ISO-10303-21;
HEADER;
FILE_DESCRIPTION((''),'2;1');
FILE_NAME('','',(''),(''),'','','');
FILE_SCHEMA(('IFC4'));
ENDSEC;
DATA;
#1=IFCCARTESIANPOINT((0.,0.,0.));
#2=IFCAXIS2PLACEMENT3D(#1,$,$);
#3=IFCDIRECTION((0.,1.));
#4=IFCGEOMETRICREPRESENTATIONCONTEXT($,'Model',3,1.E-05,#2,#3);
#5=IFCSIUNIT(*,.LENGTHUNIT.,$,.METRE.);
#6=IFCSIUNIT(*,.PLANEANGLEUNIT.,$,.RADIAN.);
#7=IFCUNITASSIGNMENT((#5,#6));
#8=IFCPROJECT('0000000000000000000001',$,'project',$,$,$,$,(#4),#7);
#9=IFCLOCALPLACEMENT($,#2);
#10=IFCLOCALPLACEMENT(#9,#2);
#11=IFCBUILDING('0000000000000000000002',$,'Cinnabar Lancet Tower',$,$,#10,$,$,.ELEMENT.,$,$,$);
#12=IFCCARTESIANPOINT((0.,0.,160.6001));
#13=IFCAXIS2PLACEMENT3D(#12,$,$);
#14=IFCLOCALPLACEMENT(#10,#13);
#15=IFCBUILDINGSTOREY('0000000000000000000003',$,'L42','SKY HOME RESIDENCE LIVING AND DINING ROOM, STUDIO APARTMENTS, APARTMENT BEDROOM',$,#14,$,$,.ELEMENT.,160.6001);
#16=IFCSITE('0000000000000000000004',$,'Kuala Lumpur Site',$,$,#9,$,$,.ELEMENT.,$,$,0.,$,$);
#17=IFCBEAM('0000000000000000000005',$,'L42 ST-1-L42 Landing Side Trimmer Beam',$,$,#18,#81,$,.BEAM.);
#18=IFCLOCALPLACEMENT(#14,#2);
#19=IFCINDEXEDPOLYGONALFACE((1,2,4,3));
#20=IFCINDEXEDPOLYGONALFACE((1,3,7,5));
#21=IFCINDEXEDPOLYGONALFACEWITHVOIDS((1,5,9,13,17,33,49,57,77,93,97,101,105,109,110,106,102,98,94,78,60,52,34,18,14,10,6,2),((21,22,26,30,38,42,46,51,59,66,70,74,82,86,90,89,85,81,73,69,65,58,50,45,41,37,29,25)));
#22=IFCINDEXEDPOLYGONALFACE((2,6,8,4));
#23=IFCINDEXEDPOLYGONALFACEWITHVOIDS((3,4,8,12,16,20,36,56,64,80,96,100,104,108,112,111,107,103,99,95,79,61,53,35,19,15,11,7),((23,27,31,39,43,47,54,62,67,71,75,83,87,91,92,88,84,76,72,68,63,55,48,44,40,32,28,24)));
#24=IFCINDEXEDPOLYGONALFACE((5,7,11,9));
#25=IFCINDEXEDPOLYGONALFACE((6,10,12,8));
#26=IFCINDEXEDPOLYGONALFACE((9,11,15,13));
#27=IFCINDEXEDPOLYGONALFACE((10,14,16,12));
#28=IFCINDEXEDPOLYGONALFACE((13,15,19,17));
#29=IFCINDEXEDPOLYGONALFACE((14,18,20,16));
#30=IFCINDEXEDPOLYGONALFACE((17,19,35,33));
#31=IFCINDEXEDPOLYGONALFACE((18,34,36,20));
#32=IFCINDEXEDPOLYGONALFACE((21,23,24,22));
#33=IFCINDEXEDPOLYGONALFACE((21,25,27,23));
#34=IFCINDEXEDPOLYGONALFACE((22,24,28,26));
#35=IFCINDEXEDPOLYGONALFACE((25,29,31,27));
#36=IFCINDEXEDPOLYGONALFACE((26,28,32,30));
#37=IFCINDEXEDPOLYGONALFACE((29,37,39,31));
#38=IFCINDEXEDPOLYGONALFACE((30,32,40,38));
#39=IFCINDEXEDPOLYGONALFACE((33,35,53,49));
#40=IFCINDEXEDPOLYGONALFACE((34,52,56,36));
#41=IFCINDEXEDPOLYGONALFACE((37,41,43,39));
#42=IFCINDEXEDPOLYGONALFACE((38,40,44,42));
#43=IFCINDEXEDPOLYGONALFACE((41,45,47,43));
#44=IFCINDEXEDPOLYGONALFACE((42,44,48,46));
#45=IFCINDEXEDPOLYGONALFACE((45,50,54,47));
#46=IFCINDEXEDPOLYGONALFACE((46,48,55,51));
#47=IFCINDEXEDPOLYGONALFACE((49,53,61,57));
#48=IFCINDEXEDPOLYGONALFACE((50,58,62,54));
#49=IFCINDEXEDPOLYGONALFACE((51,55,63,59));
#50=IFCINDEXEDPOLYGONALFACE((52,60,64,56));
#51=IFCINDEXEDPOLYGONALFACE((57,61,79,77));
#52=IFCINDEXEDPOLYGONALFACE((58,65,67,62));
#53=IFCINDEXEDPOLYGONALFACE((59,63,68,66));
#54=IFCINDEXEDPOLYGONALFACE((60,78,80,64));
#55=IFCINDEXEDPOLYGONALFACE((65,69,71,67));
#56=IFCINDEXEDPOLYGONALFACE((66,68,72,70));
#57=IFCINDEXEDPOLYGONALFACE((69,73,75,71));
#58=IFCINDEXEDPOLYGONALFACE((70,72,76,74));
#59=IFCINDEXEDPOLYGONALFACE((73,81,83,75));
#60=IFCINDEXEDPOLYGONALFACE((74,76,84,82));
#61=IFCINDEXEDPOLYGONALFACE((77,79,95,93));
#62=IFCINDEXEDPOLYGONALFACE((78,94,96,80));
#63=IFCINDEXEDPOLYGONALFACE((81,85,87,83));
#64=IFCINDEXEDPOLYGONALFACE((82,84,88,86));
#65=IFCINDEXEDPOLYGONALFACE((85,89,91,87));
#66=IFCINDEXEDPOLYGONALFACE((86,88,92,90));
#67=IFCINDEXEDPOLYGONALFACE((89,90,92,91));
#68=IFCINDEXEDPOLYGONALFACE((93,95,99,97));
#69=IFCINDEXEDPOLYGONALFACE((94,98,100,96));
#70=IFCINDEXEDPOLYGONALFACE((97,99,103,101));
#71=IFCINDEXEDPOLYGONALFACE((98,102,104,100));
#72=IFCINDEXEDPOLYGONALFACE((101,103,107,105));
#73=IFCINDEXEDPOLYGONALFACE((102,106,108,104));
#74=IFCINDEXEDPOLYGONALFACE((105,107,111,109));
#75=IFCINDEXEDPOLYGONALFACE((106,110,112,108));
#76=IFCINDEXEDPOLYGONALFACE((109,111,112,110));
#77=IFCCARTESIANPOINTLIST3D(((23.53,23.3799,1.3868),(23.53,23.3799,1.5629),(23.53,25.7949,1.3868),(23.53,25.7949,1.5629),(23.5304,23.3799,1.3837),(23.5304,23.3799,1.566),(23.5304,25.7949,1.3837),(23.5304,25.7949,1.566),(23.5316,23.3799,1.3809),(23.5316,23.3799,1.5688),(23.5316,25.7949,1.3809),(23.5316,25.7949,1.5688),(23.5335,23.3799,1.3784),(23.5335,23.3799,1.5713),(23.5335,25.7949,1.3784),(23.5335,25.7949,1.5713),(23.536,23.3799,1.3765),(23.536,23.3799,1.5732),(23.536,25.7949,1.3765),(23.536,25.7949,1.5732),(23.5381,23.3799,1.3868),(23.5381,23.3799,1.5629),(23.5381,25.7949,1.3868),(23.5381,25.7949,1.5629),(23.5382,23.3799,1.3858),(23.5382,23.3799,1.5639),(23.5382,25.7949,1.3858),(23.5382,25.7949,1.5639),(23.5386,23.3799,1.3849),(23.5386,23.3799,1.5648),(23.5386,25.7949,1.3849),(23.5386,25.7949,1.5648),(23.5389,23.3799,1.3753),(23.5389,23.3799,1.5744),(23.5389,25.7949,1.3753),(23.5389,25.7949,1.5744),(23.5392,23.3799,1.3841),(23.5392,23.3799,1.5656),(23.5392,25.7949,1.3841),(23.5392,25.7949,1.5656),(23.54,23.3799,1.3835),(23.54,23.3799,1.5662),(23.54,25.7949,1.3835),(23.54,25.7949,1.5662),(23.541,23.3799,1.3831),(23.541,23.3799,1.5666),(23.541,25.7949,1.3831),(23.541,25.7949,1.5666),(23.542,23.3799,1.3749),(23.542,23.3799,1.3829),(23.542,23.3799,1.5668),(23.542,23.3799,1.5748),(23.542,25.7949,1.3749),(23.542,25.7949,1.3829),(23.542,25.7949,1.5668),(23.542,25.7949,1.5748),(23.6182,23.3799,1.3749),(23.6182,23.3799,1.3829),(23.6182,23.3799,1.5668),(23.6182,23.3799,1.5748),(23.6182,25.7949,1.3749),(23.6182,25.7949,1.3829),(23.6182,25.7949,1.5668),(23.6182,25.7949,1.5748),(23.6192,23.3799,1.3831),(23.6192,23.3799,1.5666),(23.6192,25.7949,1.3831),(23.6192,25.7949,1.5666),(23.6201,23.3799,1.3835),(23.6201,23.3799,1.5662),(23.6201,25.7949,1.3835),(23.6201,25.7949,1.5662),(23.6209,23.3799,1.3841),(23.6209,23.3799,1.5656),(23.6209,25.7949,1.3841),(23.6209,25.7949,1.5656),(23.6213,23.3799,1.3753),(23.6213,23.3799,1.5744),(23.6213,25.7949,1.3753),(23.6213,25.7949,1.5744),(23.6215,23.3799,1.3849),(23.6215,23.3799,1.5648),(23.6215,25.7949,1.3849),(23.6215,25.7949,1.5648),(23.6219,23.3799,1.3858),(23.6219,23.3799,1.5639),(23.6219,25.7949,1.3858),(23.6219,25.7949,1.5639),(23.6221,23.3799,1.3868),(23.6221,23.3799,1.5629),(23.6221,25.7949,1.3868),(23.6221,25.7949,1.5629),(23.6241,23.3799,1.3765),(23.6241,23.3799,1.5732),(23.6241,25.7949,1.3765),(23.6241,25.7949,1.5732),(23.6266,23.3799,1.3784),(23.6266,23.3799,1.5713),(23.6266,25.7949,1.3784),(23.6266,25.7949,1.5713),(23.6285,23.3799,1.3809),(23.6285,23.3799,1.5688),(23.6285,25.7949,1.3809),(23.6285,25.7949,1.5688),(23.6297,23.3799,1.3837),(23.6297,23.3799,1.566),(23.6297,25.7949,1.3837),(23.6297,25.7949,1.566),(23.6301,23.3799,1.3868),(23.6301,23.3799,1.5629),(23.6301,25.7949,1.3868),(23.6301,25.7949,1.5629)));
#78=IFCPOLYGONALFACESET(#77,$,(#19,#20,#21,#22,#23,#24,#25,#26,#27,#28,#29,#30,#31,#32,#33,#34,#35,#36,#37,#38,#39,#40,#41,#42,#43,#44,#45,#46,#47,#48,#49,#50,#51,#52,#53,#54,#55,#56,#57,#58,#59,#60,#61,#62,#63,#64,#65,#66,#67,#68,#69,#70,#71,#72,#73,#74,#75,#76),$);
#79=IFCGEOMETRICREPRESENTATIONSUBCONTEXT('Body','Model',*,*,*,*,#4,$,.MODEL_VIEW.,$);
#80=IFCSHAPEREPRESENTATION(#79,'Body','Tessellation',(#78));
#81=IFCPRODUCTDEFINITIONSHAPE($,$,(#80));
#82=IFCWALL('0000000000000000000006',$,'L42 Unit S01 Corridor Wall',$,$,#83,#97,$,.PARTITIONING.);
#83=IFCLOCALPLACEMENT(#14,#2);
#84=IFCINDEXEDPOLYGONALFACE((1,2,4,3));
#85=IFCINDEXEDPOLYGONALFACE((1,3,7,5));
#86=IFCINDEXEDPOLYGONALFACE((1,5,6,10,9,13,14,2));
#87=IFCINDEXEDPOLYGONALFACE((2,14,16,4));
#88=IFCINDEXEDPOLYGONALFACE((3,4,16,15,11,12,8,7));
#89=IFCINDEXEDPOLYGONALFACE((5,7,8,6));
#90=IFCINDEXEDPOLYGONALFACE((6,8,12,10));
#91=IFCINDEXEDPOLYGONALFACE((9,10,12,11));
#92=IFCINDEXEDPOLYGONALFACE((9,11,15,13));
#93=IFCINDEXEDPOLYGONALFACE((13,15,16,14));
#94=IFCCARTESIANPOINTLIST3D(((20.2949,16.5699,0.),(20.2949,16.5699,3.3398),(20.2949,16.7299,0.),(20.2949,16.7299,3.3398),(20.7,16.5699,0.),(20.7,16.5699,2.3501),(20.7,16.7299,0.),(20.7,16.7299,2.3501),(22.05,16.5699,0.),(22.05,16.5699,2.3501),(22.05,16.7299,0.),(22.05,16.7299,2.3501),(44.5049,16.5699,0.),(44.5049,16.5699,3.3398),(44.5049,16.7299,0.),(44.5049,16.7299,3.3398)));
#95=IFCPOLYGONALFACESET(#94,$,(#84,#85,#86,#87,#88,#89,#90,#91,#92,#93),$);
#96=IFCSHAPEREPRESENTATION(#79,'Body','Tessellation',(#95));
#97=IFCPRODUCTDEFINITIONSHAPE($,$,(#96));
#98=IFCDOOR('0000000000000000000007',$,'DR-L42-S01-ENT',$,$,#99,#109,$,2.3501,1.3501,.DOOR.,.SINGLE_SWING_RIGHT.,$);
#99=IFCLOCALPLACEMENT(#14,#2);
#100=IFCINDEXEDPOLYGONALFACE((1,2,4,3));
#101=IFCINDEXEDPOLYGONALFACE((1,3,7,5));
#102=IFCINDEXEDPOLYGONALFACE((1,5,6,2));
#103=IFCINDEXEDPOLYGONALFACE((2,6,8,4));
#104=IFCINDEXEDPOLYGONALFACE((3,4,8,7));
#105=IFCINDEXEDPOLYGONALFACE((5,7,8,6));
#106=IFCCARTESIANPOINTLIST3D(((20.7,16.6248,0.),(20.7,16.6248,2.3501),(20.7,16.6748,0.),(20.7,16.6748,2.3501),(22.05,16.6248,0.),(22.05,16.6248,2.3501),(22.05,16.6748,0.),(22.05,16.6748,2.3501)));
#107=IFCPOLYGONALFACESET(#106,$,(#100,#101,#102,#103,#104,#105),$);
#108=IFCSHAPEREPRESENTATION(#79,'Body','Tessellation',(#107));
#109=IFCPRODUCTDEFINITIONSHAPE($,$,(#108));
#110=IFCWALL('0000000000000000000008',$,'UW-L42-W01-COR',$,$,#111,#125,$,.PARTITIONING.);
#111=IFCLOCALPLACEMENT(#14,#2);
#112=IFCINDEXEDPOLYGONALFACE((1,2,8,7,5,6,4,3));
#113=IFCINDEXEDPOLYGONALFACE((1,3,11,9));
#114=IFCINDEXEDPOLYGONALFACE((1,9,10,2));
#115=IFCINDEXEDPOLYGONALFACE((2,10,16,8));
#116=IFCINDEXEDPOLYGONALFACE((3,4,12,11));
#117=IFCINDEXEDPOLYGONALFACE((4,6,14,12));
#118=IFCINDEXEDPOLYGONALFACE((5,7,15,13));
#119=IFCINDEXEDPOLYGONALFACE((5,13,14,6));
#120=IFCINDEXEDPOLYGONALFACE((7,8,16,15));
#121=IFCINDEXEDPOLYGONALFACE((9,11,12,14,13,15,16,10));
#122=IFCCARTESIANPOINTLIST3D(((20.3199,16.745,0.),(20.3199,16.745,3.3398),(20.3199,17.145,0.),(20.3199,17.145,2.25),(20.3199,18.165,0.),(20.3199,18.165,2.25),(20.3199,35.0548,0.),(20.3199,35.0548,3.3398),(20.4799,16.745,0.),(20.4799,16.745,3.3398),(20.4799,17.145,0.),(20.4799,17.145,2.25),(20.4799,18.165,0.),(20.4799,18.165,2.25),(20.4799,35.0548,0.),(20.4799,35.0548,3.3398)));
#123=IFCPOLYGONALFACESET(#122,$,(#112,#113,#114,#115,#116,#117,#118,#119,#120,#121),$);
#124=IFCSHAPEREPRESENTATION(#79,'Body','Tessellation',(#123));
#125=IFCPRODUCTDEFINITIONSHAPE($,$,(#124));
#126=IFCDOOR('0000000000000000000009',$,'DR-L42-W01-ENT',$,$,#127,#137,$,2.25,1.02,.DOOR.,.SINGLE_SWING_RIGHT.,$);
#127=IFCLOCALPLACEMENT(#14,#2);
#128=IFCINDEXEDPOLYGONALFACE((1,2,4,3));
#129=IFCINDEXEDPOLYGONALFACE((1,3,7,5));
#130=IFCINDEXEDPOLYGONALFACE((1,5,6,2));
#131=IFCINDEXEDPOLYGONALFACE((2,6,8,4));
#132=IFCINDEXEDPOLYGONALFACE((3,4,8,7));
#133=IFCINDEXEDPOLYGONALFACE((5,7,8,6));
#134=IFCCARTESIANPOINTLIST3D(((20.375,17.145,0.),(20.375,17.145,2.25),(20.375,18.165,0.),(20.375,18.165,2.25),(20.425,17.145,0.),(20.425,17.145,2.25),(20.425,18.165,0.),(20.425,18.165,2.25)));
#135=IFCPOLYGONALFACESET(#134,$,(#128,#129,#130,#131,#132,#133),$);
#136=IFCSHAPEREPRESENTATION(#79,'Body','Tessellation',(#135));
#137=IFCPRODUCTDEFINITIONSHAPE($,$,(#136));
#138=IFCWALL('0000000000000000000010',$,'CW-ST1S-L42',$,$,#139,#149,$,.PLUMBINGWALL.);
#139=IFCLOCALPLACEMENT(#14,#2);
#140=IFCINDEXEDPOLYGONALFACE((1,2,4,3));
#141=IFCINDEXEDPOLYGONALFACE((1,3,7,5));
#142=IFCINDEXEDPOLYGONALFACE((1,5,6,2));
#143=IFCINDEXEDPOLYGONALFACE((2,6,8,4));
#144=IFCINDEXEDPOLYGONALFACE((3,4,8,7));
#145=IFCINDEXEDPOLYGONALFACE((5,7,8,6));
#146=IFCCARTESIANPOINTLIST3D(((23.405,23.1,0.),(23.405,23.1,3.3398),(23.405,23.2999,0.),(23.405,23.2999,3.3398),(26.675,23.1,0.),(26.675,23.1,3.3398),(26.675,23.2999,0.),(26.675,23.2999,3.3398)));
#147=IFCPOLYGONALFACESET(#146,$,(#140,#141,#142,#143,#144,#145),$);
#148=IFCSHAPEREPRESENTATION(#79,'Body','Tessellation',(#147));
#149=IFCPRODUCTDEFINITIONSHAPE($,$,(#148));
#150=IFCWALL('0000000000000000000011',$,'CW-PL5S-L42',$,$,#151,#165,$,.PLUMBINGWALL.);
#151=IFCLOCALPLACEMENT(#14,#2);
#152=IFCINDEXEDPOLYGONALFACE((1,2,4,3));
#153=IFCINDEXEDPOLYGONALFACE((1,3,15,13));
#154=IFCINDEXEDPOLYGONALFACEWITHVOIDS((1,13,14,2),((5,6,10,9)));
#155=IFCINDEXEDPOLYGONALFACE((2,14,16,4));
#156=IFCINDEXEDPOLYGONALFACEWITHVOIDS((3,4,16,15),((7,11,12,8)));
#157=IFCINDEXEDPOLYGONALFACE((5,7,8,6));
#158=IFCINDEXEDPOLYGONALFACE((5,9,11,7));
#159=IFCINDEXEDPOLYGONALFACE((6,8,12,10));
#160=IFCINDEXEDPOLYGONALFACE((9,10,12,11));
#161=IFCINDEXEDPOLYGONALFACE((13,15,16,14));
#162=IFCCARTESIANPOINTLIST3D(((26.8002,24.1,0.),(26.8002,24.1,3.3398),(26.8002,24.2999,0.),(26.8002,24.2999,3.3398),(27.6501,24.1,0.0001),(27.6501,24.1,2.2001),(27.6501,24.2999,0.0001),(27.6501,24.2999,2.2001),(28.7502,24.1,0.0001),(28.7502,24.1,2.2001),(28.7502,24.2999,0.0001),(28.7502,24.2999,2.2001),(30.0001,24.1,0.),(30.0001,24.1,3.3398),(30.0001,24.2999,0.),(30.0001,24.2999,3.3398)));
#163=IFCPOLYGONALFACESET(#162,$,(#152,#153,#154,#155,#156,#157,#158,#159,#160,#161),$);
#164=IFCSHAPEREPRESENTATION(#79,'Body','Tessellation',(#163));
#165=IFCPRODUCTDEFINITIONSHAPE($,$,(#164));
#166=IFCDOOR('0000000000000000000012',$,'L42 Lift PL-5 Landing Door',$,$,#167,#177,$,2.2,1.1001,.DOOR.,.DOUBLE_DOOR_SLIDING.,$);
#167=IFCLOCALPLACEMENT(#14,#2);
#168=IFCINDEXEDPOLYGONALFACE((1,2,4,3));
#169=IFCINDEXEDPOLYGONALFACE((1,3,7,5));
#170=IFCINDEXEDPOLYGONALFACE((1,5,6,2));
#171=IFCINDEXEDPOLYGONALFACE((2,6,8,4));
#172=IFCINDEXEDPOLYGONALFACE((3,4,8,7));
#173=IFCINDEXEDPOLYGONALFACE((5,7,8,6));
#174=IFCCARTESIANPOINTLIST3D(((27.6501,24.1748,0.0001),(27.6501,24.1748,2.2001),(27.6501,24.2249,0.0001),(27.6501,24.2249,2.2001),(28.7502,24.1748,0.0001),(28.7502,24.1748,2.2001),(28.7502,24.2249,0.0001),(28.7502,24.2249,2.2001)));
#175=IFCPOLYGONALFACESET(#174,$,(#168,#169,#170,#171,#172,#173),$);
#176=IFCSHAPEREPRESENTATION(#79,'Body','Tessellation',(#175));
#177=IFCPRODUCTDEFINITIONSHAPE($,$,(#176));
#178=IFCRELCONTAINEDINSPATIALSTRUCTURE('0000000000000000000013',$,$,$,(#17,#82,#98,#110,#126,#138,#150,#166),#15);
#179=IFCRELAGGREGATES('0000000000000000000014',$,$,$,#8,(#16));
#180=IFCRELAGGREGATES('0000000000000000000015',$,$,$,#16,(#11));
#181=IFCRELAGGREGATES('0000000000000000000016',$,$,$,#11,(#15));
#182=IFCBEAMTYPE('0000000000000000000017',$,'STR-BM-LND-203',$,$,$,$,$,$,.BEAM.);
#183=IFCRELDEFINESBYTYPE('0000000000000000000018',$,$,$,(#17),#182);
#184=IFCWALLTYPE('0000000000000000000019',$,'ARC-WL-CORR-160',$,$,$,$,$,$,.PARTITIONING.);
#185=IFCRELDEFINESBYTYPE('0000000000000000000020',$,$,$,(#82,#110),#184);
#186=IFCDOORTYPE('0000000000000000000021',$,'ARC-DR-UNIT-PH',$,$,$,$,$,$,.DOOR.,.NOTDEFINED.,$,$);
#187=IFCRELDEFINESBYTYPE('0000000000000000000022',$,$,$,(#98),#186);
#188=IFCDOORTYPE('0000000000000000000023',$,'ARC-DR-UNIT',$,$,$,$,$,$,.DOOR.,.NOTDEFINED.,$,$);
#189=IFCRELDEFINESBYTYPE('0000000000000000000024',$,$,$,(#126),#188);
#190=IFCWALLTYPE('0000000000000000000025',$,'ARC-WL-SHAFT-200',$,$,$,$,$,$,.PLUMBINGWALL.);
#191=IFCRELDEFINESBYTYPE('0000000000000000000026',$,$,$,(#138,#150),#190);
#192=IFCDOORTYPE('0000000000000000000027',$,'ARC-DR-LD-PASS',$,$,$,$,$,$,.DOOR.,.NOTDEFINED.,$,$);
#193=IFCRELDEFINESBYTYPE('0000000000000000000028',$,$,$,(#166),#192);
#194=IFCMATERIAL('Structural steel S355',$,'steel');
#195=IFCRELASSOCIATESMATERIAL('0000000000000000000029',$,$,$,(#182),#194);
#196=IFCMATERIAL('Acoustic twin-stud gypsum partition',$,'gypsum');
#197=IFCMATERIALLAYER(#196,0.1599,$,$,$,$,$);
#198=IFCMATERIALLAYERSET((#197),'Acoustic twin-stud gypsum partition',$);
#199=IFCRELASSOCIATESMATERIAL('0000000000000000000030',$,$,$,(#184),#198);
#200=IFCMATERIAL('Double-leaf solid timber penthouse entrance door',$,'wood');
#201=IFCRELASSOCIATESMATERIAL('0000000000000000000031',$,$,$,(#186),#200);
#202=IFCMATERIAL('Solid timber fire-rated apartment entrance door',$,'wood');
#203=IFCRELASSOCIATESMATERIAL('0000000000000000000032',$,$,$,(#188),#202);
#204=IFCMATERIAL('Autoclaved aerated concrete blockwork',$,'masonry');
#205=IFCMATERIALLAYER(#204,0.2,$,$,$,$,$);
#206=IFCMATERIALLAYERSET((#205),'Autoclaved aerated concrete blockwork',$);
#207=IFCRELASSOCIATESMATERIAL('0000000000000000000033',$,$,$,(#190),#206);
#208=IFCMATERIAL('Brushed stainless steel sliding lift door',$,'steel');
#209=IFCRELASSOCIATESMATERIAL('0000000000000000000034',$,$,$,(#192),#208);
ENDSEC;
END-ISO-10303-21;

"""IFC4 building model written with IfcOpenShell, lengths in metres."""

from ifc_helpers import new_model, si_unit, direction, frame, frame_2d, origin, origin_2d, place, context, subcontext, project, spatial, rectangle, hollow_rectangle, extrude, material, layer, layer_set, material_profile, profile_set, type_object, element, fill, save


model = new_model("IFC4")

# Units and contexts
model_context = context("Model", 3, precision=1e-05, world=origin(), true_north=direction((0.0, 1.0)))
body_context = subcontext(model_context, "Body", "Model", "MODEL_VIEW")
ifc_project = project(units=[si_unit("LENGTHUNIT", "METRE"), si_unit("PLANEANGLEUNIT", "RADIAN")], contexts=[model_context])

# Site, building, storey
site_placement = place(None, origin())
site = spatial("IfcSite", under=ifc_project, at=site_placement, Name="Kuala Lumpur Site", CompositionType="ELEMENT", RefElevation=0.0)
building_placement = place(site_placement, origin())
building = spatial("IfcBuilding", under=site, at=building_placement, Name="Cinnabar Lancet Tower", CompositionType="ELEMENT")
storey_placement = place(building_placement, frame((0.0, 0.0, 160.6001)))
storey = spatial("IfcBuildingStorey", under=building, at=storey_placement, Name="L42", Description="SKY HOME RESIDENCE LIVING AND DINING ROOM, STUDIO APARTMENTS, APARTMENT BEDROOM", CompositionType="ELEMENT", Elevation=160.6001)

# Beam
ifc_material_1 = material(Name="Structural steel S355", Category="steel")
ifc_material_profile_1 = material_profile(ifc_material_1, hollow_rectangle(XDim=0.1001, YDim=0.2, WallThickness=0.0081, InnerFilletRadius=0.0039, OuterFilletRadius=0.012, at=origin_2d()), Name="RHS 200x100x8")
ifc_profile_set_1 = profile_set([ifc_material_profile_1], Name="Structural steel S355")
beam_type_1 = type_object("IfcBeamType", Name="STR-BM-LND-203", PredefinedType="BEAM", material=ifc_profile_set_1)
beam_1_placement = place(storey_placement, frame((23.5801, 23.3799, 1.4749), z_axis=(0.0, 1.0, 0.0), x_axis=(-1.0, 0.0, 0.0)))
element("IfcBeam", 1, at=beam_1_placement, inside=storey, type_object=beam_type_1, Name="L42 ST-1-L42 Landing Side Trimmer Beam", PredefinedType="BEAM", context=body_context, shape_type="SweptSolid", body=[
    extrude(hollow_rectangle(XDim=0.1001, YDim=0.2, WallThickness=0.0081, InnerFilletRadius=0.0039, OuterFilletRadius=0.012, at=origin_2d()), origin(), (0.0, 0.0, 1.0), 2.415),
])

# Walls, openings, doors
ifc_material_2 = material(Name="Acoustic twin-stud gypsum partition", Category="gypsum")
ifc_layer_1 = layer(ifc_material_2, 0.1599)
ifc_layer_set_1 = layer_set([ifc_layer_1], Name="Acoustic twin-stud gypsum partition")
wall_type_1 = type_object("IfcWallType", Name="ARC-WL-CORR-160", PredefinedType="PARTITIONING", material=ifc_layer_set_1)
wall_1_placement = place(storey_placement, frame((20.2949, 16.6499, 0.0), z_axis=(0.0, 0.0, 1.0), x_axis=(1.0, 0.0, 0.0)))
wall_1 = element("IfcWall", 2, at=wall_1_placement, inside=storey, type_object=wall_type_1, Name="L42 Unit S01 Corridor Wall", PredefinedType="PARTITIONING", context=body_context, shape_type="SweptSolid", body=[
    extrude(rectangle(XDim=24.21, YDim=0.1599, at=frame_2d((12.105, 0.0))), origin(), (0.0, 0.0, 1.0), 3.3398),
])
opening_1_placement = place(wall_1_placement, frame((0.405, 0.0, 0.0)))
opening_1 = element("IfcOpeningElement", 3, at=opening_1_placement, cuts=wall_1, PredefinedType="OPENING", context=body_context, shape_type="SweptSolid", body=[
    extrude(rectangle(XDim=1.3501, YDim=2.3501, at=frame_2d((0.675, 1.175))), frame((0.0, 0.0898, 0.0), z_axis=(0.0, -1.0, 0.0), x_axis=(1.0, 0.0, 0.0)), (0.0, 0.0, 1.0), 0.1799),
])
ifc_material_3 = material(Name="Double-leaf solid timber penthouse entrance door", Category="wood")
door_type_1 = type_object("IfcDoorType", Name="ARC-DR-UNIT-PH", OperationType="NOTDEFINED", PredefinedType="DOOR", material=ifc_material_3)
door_1_placement = place(opening_1_placement, origin())
door_1 = element("IfcDoor", 4, at=door_1_placement, inside=storey, type_object=door_type_1, Name="DR-L42-S01-ENT", OperationType="SINGLE_SWING_RIGHT", OverallHeight=2.3501, OverallWidth=1.3501, PredefinedType="DOOR", context=body_context, shape_type="SweptSolid", body=[
    extrude(rectangle(XDim=1.3501, YDim=2.3501, at=frame_2d((0.675, 1.175))), frame((0.0, 0.0249, 0.0), z_axis=(0.0, -1.0, 0.0), x_axis=(1.0, 0.0, 0.0)), (0.0, 0.0, 1.0), 0.05),
])
fill(opening_1, door_1)
wall_2_placement = place(storey_placement, frame((20.3999, 16.7451, 0.0), z_axis=(0.0, 0.0, 1.0), x_axis=(0.0, 1.0, 0.0)))
wall_2 = element("IfcWall", 5, at=wall_2_placement, inside=storey, type_object=wall_type_1, Name="UW-L42-W01-COR", PredefinedType="PARTITIONING", context=body_context, shape_type="SweptSolid", body=[
    extrude(rectangle(XDim=18.3098, YDim=0.1599, at=frame_2d((9.1548, 0.0))), origin(), (0.0, 0.0, 1.0), 3.3398),
])
opening_2_placement = place(wall_2_placement, frame((0.3999, 0.0, 0.0)))
opening_2 = element("IfcOpeningElement", 6, at=opening_2_placement, cuts=wall_2, PredefinedType="OPENING", context=body_context, shape_type="SweptSolid", body=[
    extrude(rectangle(XDim=1.02, YDim=2.25, at=frame_2d((0.51, 1.125))), frame((0.0, 0.0898, 0.0), z_axis=(0.0, -1.0, 0.0), x_axis=(1.0, 0.0, 0.0)), (0.0, 0.0, 1.0), 0.1799),
])
ifc_material_4 = material(Name="Solid timber fire-rated apartment entrance door", Category="wood")
door_type_2 = type_object("IfcDoorType", Name="ARC-DR-UNIT", OperationType="NOTDEFINED", PredefinedType="DOOR", material=ifc_material_4)
door_2_placement = place(opening_2_placement, origin())
door_2 = element("IfcDoor", 7, at=door_2_placement, inside=storey, type_object=door_type_2, Name="DR-L42-W01-ENT", OperationType="SINGLE_SWING_RIGHT", OverallHeight=2.25, OverallWidth=1.02, PredefinedType="DOOR", context=body_context, shape_type="SweptSolid", body=[
    extrude(rectangle(XDim=1.02, YDim=2.25, at=frame_2d((0.51, 1.125))), frame((0.0, 0.0249, 0.0), z_axis=(0.0, -1.0, 0.0), x_axis=(1.0, 0.0, 0.0)), (0.0, 0.0, 1.0), 0.05),
])
fill(opening_2, door_2)

# Wall
ifc_material_5 = material(Name="Autoclaved aerated concrete blockwork", Category="masonry")
ifc_layer_2 = layer(ifc_material_5, 0.2)
ifc_layer_set_2 = layer_set([ifc_layer_2], Name="Autoclaved aerated concrete blockwork")
wall_type_2 = type_object("IfcWallType", Name="ARC-WL-SHAFT-200", PredefinedType="PLUMBINGWALL", material=ifc_layer_set_2)
wall_3_placement = place(storey_placement, frame((23.405, 23.2, 0.0), z_axis=(0.0, 0.0, 1.0), x_axis=(1.0, 0.0, 0.0)))
element("IfcWall", 8, at=wall_3_placement, inside=storey, type_object=wall_type_2, Name="CW-ST1S-L42", PredefinedType="PLUMBINGWALL", context=body_context, shape_type="SweptSolid", body=[
    extrude(rectangle(XDim=3.27, YDim=0.2, at=frame_2d((1.635, 0.0))), origin(), (0.0, 0.0, 1.0), 3.3398),
])

# Wall, opening, door
wall_4_placement = place(storey_placement, frame((26.8, 24.2, 0.0), z_axis=(0.0, 0.0, 1.0), x_axis=(1.0, 0.0, 0.0)))
wall_4 = element("IfcWall", 9, at=wall_4_placement, inside=storey, type_object=wall_type_2, Name="CW-PL5S-L42", PredefinedType="PLUMBINGWALL", context=body_context, shape_type="SweptSolid", body=[
    extrude(rectangle(XDim=3.2, YDim=0.2, at=frame_2d((1.6001, 0.0))), origin(), (0.0, 0.0, 1.0), 3.3398),
])
opening_3_placement = place(wall_4_placement, frame((0.8501, 0.0, 0.0)))
opening_3 = element("IfcOpeningElement", 10, at=opening_3_placement, cuts=wall_4, PredefinedType="OPENING", context=body_context, shape_type="SweptSolid", body=[
    extrude(rectangle(XDim=1.1001, YDim=2.2, at=frame_2d((0.55, 1.1001))), frame((0.0, 0.1099, 0.0), z_axis=(0.0, -1.0, 0.0), x_axis=(1.0, 0.0, 0.0)), (0.0, 0.0, 1.0), 0.22),
])
ifc_material_6 = material(Name="Brushed stainless steel sliding lift door", Category="steel")
door_type_3 = type_object("IfcDoorType", Name="ARC-DR-LD-PASS", OperationType="NOTDEFINED", PredefinedType="DOOR", material=ifc_material_6)
door_3_placement = place(opening_3_placement, origin())
door_3 = element("IfcDoor", 11, at=door_3_placement, inside=storey, type_object=door_type_3, Name="L42 Lift PL-5 Landing Door", OperationType="DOUBLE_DOOR_SLIDING", OverallHeight=2.2, OverallWidth=1.1001, PredefinedType="DOOR", context=body_context, shape_type="SweptSolid", body=[
    extrude(rectangle(XDim=1.1001, YDim=2.2, at=frame_2d((0.55, 1.1001))), frame((0.0, 0.0249, 0.0), z_axis=(0.0, -1.0, 0.0), x_axis=(1.0, 0.0, 0.0)), (0.0, 0.0, 1.0), 0.05),
])
fill(opening_3, door_3)

save(model, "model.ifc")
